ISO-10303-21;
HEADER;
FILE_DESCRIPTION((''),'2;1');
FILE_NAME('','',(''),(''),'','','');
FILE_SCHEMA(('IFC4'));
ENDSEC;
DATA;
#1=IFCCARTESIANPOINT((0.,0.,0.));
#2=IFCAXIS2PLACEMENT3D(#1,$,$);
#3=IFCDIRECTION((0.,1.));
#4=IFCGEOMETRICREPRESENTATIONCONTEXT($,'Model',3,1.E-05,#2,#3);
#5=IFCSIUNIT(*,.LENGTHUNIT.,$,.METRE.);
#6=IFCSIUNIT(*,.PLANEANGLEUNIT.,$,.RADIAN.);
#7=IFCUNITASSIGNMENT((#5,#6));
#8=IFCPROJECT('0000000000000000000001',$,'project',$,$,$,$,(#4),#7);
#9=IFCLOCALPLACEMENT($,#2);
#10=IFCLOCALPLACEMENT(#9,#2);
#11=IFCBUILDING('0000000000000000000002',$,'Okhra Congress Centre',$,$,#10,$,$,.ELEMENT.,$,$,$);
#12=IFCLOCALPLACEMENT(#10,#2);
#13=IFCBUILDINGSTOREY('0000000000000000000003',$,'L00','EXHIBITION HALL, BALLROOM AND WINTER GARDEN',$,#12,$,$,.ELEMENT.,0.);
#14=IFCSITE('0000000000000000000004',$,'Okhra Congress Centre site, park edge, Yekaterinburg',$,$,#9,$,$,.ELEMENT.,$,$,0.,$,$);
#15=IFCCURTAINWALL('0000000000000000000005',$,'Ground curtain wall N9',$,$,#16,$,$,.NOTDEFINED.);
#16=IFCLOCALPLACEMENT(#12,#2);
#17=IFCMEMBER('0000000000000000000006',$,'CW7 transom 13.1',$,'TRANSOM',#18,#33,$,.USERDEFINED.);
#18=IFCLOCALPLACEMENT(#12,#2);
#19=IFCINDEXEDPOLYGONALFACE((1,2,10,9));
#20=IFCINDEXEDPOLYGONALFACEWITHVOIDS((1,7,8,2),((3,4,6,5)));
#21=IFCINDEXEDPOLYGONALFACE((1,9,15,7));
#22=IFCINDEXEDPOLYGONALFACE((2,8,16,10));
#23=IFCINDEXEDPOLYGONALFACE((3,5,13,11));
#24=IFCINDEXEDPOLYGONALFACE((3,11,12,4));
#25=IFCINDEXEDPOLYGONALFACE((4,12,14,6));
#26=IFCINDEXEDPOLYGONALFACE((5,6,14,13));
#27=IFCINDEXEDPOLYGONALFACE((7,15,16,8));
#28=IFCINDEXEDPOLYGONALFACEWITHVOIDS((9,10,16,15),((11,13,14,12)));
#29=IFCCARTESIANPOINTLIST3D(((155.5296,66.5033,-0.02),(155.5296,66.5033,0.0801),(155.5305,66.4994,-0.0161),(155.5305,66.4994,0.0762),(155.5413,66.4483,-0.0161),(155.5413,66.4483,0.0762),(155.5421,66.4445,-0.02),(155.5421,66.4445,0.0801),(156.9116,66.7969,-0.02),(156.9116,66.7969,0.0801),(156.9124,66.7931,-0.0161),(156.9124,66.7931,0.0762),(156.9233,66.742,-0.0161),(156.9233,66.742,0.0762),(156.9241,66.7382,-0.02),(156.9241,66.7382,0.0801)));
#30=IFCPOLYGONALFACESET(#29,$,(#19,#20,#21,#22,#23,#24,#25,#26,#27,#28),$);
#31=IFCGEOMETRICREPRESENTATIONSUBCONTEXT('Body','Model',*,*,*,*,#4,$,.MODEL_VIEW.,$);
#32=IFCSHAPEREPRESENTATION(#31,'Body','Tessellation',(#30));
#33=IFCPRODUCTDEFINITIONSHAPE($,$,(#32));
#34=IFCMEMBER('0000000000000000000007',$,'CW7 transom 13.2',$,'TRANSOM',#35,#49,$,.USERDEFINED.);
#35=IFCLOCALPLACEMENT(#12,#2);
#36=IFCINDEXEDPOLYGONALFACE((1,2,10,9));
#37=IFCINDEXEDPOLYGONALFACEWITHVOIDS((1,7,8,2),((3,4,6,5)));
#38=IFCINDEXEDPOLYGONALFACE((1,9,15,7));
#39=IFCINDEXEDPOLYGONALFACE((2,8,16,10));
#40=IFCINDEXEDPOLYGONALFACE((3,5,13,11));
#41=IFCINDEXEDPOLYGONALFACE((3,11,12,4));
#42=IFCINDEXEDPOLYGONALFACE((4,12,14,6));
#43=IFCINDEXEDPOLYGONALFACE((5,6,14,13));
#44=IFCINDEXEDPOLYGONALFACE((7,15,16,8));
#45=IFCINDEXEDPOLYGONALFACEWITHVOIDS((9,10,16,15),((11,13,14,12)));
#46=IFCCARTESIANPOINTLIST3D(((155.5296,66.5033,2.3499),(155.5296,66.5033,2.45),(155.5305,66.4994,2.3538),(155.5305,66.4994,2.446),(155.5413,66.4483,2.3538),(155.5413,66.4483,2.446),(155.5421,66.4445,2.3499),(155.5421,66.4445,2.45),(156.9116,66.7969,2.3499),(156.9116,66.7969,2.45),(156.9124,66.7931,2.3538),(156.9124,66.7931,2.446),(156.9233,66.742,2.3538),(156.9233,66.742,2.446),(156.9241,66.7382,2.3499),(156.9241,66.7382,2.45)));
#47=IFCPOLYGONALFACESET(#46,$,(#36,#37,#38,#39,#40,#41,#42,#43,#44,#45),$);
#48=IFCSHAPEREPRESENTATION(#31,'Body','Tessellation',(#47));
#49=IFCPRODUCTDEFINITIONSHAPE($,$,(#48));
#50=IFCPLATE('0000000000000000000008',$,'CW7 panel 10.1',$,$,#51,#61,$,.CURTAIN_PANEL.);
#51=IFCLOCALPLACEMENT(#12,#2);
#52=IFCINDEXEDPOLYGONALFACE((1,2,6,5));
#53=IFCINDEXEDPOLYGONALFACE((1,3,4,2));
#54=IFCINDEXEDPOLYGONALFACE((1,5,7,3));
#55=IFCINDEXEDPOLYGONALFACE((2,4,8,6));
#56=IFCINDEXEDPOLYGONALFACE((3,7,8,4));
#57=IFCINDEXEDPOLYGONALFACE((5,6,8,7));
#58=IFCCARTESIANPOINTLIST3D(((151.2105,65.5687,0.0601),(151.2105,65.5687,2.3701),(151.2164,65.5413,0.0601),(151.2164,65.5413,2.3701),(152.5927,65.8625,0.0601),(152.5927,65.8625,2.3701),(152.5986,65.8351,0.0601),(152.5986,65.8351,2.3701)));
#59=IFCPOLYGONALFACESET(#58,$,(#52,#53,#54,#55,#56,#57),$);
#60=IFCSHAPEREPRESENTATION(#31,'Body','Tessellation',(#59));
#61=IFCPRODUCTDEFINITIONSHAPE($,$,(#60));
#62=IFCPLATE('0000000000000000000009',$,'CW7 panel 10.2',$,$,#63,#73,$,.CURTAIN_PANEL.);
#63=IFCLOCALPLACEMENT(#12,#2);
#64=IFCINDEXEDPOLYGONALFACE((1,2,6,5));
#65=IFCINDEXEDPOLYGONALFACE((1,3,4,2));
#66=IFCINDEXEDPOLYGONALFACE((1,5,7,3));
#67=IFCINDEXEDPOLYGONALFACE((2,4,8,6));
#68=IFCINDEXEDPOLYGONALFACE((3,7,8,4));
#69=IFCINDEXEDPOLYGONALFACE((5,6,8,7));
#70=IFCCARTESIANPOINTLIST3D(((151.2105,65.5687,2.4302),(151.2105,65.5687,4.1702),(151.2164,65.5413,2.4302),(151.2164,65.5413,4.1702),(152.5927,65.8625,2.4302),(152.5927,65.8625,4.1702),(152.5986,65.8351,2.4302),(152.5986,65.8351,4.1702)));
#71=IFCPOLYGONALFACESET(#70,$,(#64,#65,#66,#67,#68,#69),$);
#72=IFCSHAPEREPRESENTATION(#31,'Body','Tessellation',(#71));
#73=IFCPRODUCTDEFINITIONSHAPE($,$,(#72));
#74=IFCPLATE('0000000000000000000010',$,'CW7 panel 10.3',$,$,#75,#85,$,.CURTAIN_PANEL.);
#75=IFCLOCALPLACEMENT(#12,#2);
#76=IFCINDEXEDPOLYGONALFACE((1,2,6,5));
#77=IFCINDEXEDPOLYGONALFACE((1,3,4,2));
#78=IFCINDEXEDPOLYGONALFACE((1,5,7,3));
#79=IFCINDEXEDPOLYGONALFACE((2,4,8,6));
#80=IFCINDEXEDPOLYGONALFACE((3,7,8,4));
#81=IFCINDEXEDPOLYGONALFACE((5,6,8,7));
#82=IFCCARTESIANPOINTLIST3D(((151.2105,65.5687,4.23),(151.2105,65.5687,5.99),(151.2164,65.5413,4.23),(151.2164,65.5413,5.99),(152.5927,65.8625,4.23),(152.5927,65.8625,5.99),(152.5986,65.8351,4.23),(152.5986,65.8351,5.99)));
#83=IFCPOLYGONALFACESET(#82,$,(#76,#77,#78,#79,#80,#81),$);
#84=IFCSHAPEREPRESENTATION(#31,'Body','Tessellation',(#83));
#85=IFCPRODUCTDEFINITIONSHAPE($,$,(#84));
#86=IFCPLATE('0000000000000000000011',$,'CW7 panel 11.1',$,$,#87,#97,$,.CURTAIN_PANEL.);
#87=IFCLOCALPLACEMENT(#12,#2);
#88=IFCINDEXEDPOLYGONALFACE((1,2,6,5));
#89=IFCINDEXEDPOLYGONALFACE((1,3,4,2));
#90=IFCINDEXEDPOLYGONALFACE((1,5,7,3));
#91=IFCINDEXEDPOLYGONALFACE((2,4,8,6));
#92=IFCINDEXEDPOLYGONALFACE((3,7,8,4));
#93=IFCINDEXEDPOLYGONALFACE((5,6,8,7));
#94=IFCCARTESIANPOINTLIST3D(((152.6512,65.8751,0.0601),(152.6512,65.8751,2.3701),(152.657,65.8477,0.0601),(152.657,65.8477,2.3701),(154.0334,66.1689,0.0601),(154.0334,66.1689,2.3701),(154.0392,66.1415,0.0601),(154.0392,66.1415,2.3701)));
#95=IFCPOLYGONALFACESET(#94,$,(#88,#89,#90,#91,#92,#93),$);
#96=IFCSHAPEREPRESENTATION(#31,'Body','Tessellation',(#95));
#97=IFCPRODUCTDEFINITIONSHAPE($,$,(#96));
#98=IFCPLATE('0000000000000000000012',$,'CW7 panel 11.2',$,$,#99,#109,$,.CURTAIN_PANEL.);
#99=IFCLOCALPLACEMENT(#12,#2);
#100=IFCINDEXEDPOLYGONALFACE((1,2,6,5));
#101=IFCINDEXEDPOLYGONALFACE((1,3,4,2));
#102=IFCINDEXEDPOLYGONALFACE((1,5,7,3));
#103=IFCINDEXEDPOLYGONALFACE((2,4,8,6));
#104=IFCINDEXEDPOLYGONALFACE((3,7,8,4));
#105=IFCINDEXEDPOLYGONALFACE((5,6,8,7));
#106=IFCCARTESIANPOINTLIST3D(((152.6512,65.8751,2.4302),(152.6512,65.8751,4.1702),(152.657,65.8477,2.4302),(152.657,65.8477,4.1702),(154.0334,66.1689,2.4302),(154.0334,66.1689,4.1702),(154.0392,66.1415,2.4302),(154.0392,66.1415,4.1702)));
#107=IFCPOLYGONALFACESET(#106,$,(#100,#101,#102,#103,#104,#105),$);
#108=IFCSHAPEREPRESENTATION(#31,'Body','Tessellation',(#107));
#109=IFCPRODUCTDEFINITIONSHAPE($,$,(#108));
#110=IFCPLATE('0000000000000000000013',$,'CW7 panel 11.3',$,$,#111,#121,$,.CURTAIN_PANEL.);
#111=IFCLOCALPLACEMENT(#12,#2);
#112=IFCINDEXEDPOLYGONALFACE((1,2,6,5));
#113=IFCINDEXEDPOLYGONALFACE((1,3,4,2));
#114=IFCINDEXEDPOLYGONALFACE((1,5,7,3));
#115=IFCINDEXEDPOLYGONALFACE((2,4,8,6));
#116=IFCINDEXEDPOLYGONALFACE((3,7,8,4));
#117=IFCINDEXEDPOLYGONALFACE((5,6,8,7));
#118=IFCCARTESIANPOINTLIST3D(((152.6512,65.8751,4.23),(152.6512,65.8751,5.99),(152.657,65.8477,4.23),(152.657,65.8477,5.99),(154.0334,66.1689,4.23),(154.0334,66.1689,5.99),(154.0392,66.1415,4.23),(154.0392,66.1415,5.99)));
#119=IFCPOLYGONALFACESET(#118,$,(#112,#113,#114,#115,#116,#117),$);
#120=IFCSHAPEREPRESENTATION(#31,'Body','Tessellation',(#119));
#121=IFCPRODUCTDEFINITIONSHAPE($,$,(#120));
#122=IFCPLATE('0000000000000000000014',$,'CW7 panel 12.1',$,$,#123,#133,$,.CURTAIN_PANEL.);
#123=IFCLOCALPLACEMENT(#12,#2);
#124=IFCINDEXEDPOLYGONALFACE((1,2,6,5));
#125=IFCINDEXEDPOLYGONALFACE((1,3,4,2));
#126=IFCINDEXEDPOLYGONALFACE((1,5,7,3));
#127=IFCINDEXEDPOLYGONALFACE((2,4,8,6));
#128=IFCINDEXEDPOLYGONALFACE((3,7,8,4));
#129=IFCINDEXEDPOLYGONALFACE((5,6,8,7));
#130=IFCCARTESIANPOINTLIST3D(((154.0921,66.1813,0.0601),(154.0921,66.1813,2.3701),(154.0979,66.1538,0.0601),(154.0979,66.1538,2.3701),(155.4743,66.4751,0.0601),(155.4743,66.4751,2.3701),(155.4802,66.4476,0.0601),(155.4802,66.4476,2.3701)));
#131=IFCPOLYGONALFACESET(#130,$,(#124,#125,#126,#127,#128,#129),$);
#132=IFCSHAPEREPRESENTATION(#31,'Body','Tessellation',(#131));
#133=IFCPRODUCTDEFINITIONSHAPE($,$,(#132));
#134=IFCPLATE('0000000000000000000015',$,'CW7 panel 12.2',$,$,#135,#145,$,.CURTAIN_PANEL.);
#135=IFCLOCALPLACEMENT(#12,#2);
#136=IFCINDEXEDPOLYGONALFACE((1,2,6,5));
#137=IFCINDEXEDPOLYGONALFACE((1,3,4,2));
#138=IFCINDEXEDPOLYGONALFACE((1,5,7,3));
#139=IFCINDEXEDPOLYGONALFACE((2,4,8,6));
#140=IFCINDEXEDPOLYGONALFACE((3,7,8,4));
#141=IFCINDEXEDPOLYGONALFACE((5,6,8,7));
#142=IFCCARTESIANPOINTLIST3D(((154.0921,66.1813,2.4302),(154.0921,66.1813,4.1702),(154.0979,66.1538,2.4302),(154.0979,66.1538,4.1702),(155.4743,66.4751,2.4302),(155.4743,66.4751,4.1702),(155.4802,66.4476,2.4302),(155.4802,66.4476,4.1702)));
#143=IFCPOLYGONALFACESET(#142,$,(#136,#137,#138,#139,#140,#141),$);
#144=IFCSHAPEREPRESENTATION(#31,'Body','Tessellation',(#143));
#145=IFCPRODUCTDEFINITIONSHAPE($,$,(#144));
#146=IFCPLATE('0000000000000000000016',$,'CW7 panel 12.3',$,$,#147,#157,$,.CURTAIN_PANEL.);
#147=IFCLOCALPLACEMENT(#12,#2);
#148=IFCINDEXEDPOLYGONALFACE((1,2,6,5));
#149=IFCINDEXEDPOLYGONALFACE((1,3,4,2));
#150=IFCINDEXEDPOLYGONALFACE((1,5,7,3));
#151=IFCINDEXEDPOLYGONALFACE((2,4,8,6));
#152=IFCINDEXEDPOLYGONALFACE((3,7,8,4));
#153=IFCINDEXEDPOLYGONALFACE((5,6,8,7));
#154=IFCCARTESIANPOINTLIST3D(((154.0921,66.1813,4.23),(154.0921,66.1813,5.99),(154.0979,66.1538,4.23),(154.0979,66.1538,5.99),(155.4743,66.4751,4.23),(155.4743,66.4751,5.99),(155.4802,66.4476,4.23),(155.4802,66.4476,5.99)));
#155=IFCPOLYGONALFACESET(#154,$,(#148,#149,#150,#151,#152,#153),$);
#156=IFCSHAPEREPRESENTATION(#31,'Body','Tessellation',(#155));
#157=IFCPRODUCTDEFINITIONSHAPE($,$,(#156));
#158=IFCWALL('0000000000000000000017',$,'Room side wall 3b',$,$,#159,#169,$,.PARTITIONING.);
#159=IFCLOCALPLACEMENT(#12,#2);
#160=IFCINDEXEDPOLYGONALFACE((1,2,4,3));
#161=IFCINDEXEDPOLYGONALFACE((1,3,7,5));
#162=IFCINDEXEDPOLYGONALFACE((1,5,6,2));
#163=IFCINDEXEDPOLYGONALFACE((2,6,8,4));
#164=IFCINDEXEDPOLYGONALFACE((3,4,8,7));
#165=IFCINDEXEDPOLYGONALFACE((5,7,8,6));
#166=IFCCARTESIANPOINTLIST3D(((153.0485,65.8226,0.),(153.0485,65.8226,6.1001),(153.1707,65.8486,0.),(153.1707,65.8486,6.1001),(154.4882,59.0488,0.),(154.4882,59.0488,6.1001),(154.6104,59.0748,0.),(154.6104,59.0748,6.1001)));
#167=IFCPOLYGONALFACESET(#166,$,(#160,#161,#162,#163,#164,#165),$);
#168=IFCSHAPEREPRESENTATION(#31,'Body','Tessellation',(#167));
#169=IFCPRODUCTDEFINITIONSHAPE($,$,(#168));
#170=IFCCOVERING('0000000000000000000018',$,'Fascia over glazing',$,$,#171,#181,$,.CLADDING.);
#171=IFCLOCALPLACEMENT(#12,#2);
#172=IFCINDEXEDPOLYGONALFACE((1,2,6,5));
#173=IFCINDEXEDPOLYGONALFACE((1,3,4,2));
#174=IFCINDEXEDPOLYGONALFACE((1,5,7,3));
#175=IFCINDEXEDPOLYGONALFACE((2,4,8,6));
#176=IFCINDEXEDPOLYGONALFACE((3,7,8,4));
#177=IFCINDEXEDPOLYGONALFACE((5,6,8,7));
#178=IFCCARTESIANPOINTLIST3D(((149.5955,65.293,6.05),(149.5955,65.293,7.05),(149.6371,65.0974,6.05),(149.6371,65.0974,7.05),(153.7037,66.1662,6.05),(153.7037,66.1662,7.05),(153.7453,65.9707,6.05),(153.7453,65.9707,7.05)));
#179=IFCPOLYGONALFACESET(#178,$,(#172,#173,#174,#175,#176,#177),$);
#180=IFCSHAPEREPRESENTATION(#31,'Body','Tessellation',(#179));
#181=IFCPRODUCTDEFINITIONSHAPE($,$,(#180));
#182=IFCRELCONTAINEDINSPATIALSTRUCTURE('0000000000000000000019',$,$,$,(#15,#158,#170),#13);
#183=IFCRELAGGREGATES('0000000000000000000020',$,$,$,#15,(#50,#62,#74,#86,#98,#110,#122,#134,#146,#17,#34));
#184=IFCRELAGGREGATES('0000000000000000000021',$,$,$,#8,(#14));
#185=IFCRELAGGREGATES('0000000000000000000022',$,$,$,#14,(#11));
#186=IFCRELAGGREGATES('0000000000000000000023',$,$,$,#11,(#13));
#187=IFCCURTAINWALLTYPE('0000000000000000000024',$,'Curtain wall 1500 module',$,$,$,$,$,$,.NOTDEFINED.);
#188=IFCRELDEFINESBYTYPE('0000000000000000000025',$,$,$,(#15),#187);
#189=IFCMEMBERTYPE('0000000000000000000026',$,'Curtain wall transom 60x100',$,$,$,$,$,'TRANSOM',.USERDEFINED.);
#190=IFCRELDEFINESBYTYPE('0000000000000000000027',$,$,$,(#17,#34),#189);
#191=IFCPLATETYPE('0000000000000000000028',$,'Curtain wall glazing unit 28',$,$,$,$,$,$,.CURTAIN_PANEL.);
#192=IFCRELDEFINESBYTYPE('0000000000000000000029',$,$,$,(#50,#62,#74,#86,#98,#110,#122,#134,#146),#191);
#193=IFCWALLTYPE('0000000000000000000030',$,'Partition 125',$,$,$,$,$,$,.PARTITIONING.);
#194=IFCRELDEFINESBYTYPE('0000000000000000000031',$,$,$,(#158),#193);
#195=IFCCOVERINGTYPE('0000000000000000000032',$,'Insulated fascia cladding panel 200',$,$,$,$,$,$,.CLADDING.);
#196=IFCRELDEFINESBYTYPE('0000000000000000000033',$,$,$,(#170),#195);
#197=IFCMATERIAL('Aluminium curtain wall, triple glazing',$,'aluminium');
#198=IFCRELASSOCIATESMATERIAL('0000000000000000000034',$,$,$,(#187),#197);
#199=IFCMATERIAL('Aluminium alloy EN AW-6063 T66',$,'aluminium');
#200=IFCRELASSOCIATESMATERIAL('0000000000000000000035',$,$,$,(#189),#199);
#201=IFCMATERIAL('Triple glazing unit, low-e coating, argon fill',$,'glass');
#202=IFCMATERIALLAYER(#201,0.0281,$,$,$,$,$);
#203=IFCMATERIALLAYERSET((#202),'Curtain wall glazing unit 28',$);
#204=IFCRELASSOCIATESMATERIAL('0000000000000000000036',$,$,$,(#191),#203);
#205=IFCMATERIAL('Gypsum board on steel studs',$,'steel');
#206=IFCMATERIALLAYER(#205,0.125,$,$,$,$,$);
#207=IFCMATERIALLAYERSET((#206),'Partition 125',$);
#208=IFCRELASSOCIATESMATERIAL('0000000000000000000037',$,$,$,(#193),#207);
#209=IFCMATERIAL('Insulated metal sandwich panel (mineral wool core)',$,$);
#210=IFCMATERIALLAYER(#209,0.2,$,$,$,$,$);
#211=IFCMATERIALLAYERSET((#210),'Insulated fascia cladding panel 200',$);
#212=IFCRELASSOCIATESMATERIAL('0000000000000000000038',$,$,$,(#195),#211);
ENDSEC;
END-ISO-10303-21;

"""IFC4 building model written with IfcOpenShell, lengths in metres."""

from ifc_helpers import new_model, si_unit, direction, frame, frame_2d, origin, origin_2d, place, context, subcontext, project, spatial, rectangle, hollow_rectangle, extrude, material, layer, layer_set, material_profile, profile_set, type_object, element, aggregate, save


model = new_model("IFC4")

# Units and contexts
model_context = context("Model", 3, precision=1e-05, world=origin(), true_north=direction((0.0, 1.0)))
body_context = subcontext(model_context, "Body", "Model", "MODEL_VIEW")
ifc_project = project(units=[si_unit("LENGTHUNIT", "METRE"), si_unit("PLANEANGLEUNIT", "RADIAN")], contexts=[model_context])

# Site, building, storey
site_placement = place(None, origin())
site = spatial("IfcSite", under=ifc_project, at=site_placement, Name="Okhra Congress Centre site, park edge, Yekaterinburg", CompositionType="ELEMENT", RefElevation=0.0)
building_placement = place(site_placement, origin())
building = spatial("IfcBuilding", under=site, at=building_placement, Name="Okhra Congress Centre", CompositionType="ELEMENT")
storey_placement = place(building_placement, origin())
storey = spatial("IfcBuildingStorey", under=building, at=storey_placement, Name="L00", Description="EXHIBITION HALL, BALLROOM AND WINTER GARDEN", CompositionType="ELEMENT", Elevation=0.0)

# Curtain wall, members, plates
ifc_material_1 = material(Name="Aluminium curtain wall, triple glazing", Category="aluminium")
curtain_wall_type = type_object("IfcCurtainWallType", Name="Curtain wall 1500 module", PredefinedType="NOTDEFINED", material=ifc_material_1)
curtain_wall_placement = place(storey_placement, origin())
curtain_wall = element("IfcCurtainWall", 1, at=curtain_wall_placement, inside=storey, type_object=curtain_wall_type, Name="Ground curtain wall N9", PredefinedType="NOTDEFINED")
ifc_material_2 = material(Name="Aluminium alloy EN AW-6063 T66", Category="aluminium")
ifc_material_profile_1 = material_profile(ifc_material_2, hollow_rectangle(XDim=0.0601, YDim=0.1001, WallThickness=0.0039, at=origin_2d()), Name="RHS 60x100x4")
ifc_profile_set_1 = profile_set([ifc_material_profile_1], Name="Aluminium alloy EN AW-6063 T66")
member_type_1 = type_object("IfcMemberType", Name="Curtain wall transom 60x100", ElementType="TRANSOM", PredefinedType="USERDEFINED", material=ifc_profile_set_1)
member_1_placement = place(storey_placement, frame((155.5359, 66.4739, 0.03), z_axis=(0.978158, 0.207865, 0.0), x_axis=(-0.207865, 0.978158, 0.0)))
member_1 = element("IfcMember", 2, at=member_1_placement, type_object=member_type_1, Name="CW7 transom 13.1", ObjectType="TRANSOM", PredefinedType="USERDEFINED", context=body_context, shape_type="SweptSolid", body=[
    extrude(hollow_rectangle(XDim=0.0601, YDim=0.1001, WallThickness=0.0039, at=origin_2d()), origin(), (0.0, 0.0, 1.0), 1.4128),
])
member_2_placement = place(storey_placement, frame((155.5359, 66.4739, 2.3999), z_axis=(0.978158, 0.207865, 0.0), x_axis=(-0.207865, 0.978158, 0.0)))
member_2 = element("IfcMember", 3, at=member_2_placement, type_object=member_type_1, Name="CW7 transom 13.2", ObjectType="TRANSOM", PredefinedType="USERDEFINED", context=body_context, shape_type="SweptSolid", body=[
    extrude(hollow_rectangle(XDim=0.0601, YDim=0.1001, WallThickness=0.0039, at=origin_2d()), origin(), (0.0, 0.0, 1.0), 1.4128),
])
ifc_material_3 = material(Name="Triple glazing unit, low-e coating, argon fill", Category="glass")
ifc_layer_1 = layer(ifc_material_3, 0.0281)
ifc_layer_set_1 = layer_set([ifc_layer_1], Name="Curtain wall glazing unit 28")
plate_type = type_object("IfcPlateType", Name="Curtain wall glazing unit 28", PredefinedType="CURTAIN_PANEL", material=ifc_layer_set_1)
plate_1_placement = place(storey_placement, frame((151.9045, 65.7019, 0.0601), z_axis=(0.0, 0.0, 1.0), x_axis=(0.978148, 0.207912, 0.0)))
plate_1 = element("IfcPlate", 4, at=plate_1_placement, type_object=plate_type, Name="CW7 panel 10.1", PredefinedType="CURTAIN_PANEL", context=body_context, shape_type="SweptSolid", body=[
    extrude(rectangle(XDim=1.4131, YDim=0.0281, at=origin_2d()), origin(), (0.0, 0.0, 1.0), 2.3101),
])
plate_2_placement = place(storey_placement, frame((151.9045, 65.7019, 2.4302), z_axis=(0.0, 0.0, 1.0), x_axis=(0.978148, 0.207912, 0.0)))
plate_2 = element("IfcPlate", 5, at=plate_2_placement, type_object=plate_type, Name="CW7 panel 10.2", PredefinedType="CURTAIN_PANEL", context=body_context, shape_type="SweptSolid", body=[
    extrude(rectangle(XDim=1.4131, YDim=0.0281, at=origin_2d()), origin(), (0.0, 0.0, 1.0), 1.74),
])
plate_3_placement = place(storey_placement, frame((151.9045, 65.7019, 4.23), z_axis=(0.0, 0.0, 1.0), x_axis=(0.978148, 0.207912, 0.0)))
plate_3 = element("IfcPlate", 6, at=plate_3_placement, type_object=plate_type, Name="CW7 panel 10.3", PredefinedType="CURTAIN_PANEL", context=body_context, shape_type="SweptSolid", body=[
    extrude(rectangle(XDim=1.4131, YDim=0.0281, at=origin_2d()), origin(), (0.0, 0.0, 1.0), 1.76),
])
plate_4_placement = place(storey_placement, frame((153.3452, 66.0083, 0.0601), z_axis=(0.0, 0.0, 1.0), x_axis=(0.978148, 0.207912, 0.0)))
plate_4 = element("IfcPlate", 7, at=plate_4_placement, type_object=plate_type, Name="CW7 panel 11.1", PredefinedType="CURTAIN_PANEL", context=body_context, shape_type="SweptSolid", body=[
    extrude(rectangle(XDim=1.4131, YDim=0.0281, at=origin_2d()), origin(), (0.0, 0.0, 1.0), 2.3101),
])
plate_5_placement = place(storey_placement, frame((153.3452, 66.0083, 2.4302), z_axis=(0.0, 0.0, 1.0), x_axis=(0.978148, 0.207912, 0.0)))
plate_5 = element("IfcPlate", 8, at=plate_5_placement, type_object=plate_type, Name="CW7 panel 11.2", PredefinedType="CURTAIN_PANEL", context=body_context, shape_type="SweptSolid", body=[
    extrude(rectangle(XDim=1.4131, YDim=0.0281, at=origin_2d()), origin(), (0.0, 0.0, 1.0), 1.74),
])
plate_6_placement = place(storey_placement, frame((153.3452, 66.0083, 4.23), z_axis=(0.0, 0.0, 1.0), x_axis=(0.978148, 0.207912, 0.0)))
plate_6 = element("IfcPlate", 9, at=plate_6_placement, type_object=plate_type, Name="CW7 panel 11.3", PredefinedType="CURTAIN_PANEL", context=body_context, shape_type="SweptSolid", body=[
    extrude(rectangle(XDim=1.4131, YDim=0.0281, at=origin_2d()), origin(), (0.0, 0.0, 1.0), 1.76),
])
plate_7_placement = place(storey_placement, frame((154.7861, 66.3145, 0.0601), z_axis=(0.0, 0.0, 1.0), x_axis=(0.978148, 0.207912, 0.0)))
plate_7 = element("IfcPlate", 10, at=plate_7_placement, type_object=plate_type, Name="CW7 panel 12.1", PredefinedType="CURTAIN_PANEL", context=body_context, shape_type="SweptSolid", body=[
    extrude(rectangle(XDim=1.4131, YDim=0.0281, at=origin_2d()), origin(), (0.0, 0.0, 1.0), 2.3101),
])
plate_8_placement = place(storey_placement, frame((154.7861, 66.3145, 2.4302), z_axis=(0.0, 0.0, 1.0), x_axis=(0.978148, 0.207912, 0.0)))
plate_8 = element("IfcPlate", 11, at=plate_8_placement, type_object=plate_type, Name="CW7 panel 12.2", PredefinedType="CURTAIN_PANEL", context=body_context, shape_type="SweptSolid", body=[
    extrude(rectangle(XDim=1.4131, YDim=0.0281, at=origin_2d()), origin(), (0.0, 0.0, 1.0), 1.74),
])
plate_9_placement = place(storey_placement, frame((154.7861, 66.3145, 4.23), z_axis=(0.0, 0.0, 1.0), x_axis=(0.978148, 0.207912, 0.0)))
plate_9 = element("IfcPlate", 12, at=plate_9_placement, type_object=plate_type, Name="CW7 panel 12.3", PredefinedType="CURTAIN_PANEL", context=body_context, shape_type="SweptSolid", body=[
    extrude(rectangle(XDim=1.4131, YDim=0.0281, at=origin_2d()), origin(), (0.0, 0.0, 1.0), 1.76),
])
aggregate(curtain_wall, [plate_1, plate_2, plate_3, plate_4, plate_5, plate_6, plate_7, plate_8, plate_9, member_1, member_2])

# Wall
ifc_material_4 = material(Name="Gypsum board on steel studs", Category="steel")
ifc_layer_2 = layer(ifc_material_4, 0.125)
ifc_layer_set_2 = layer_set([ifc_layer_2], Name="Partition 125")
wall_type = type_object("IfcWallType", Name="Partition 125", PredefinedType="PARTITIONING", material=ifc_layer_set_2)
wall_placement = place(storey_placement, frame((153.1096, 65.8354, 0.0), z_axis=(0.0, 0.0, 1.0), x_axis=(0.207899, -0.97815, 0.0)))
element("IfcWall", 13, at=wall_placement, inside=storey, type_object=wall_type, Name="Room side wall 3b", PredefinedType="PARTITIONING", context=body_context, shape_type="SweptSolid", body=[
    extrude(rectangle(XDim=6.925, YDim=0.125, at=frame_2d((3.4624, 0.0))), origin(), (0.0, 0.0, 1.0), 6.1001),
])

# Covering
ifc_material_5 = material(Name="Insulated metal sandwich panel (mineral wool core)")
ifc_layer_3 = layer(ifc_material_5, 0.2)
ifc_layer_set_3 = layer_set([ifc_layer_3], Name="Insulated fascia cladding panel 200")
covering_type = type_object("IfcCoveringType", Name="Insulated fascia cladding panel 200", PredefinedType="CLADDING", material=ifc_layer_set_3)
covering_placement = place(storey_placement, frame((151.6704, 65.6318, 6.05), z_axis=(0.0, 0.0, 1.0), x_axis=(0.978148, 0.207912, 0.0)))
element("IfcCovering", 14, at=covering_placement, inside=storey, type_object=covering_type, Name="Fascia over glazing", PredefinedType="CLADDING", context=body_context, shape_type="SweptSolid", body=[
    extrude(rectangle(XDim=4.2, YDim=0.2, at=origin_2d()), origin(), (0.0, 0.0, 1.0), 1.0),
])

save(model, "model.ifc")
